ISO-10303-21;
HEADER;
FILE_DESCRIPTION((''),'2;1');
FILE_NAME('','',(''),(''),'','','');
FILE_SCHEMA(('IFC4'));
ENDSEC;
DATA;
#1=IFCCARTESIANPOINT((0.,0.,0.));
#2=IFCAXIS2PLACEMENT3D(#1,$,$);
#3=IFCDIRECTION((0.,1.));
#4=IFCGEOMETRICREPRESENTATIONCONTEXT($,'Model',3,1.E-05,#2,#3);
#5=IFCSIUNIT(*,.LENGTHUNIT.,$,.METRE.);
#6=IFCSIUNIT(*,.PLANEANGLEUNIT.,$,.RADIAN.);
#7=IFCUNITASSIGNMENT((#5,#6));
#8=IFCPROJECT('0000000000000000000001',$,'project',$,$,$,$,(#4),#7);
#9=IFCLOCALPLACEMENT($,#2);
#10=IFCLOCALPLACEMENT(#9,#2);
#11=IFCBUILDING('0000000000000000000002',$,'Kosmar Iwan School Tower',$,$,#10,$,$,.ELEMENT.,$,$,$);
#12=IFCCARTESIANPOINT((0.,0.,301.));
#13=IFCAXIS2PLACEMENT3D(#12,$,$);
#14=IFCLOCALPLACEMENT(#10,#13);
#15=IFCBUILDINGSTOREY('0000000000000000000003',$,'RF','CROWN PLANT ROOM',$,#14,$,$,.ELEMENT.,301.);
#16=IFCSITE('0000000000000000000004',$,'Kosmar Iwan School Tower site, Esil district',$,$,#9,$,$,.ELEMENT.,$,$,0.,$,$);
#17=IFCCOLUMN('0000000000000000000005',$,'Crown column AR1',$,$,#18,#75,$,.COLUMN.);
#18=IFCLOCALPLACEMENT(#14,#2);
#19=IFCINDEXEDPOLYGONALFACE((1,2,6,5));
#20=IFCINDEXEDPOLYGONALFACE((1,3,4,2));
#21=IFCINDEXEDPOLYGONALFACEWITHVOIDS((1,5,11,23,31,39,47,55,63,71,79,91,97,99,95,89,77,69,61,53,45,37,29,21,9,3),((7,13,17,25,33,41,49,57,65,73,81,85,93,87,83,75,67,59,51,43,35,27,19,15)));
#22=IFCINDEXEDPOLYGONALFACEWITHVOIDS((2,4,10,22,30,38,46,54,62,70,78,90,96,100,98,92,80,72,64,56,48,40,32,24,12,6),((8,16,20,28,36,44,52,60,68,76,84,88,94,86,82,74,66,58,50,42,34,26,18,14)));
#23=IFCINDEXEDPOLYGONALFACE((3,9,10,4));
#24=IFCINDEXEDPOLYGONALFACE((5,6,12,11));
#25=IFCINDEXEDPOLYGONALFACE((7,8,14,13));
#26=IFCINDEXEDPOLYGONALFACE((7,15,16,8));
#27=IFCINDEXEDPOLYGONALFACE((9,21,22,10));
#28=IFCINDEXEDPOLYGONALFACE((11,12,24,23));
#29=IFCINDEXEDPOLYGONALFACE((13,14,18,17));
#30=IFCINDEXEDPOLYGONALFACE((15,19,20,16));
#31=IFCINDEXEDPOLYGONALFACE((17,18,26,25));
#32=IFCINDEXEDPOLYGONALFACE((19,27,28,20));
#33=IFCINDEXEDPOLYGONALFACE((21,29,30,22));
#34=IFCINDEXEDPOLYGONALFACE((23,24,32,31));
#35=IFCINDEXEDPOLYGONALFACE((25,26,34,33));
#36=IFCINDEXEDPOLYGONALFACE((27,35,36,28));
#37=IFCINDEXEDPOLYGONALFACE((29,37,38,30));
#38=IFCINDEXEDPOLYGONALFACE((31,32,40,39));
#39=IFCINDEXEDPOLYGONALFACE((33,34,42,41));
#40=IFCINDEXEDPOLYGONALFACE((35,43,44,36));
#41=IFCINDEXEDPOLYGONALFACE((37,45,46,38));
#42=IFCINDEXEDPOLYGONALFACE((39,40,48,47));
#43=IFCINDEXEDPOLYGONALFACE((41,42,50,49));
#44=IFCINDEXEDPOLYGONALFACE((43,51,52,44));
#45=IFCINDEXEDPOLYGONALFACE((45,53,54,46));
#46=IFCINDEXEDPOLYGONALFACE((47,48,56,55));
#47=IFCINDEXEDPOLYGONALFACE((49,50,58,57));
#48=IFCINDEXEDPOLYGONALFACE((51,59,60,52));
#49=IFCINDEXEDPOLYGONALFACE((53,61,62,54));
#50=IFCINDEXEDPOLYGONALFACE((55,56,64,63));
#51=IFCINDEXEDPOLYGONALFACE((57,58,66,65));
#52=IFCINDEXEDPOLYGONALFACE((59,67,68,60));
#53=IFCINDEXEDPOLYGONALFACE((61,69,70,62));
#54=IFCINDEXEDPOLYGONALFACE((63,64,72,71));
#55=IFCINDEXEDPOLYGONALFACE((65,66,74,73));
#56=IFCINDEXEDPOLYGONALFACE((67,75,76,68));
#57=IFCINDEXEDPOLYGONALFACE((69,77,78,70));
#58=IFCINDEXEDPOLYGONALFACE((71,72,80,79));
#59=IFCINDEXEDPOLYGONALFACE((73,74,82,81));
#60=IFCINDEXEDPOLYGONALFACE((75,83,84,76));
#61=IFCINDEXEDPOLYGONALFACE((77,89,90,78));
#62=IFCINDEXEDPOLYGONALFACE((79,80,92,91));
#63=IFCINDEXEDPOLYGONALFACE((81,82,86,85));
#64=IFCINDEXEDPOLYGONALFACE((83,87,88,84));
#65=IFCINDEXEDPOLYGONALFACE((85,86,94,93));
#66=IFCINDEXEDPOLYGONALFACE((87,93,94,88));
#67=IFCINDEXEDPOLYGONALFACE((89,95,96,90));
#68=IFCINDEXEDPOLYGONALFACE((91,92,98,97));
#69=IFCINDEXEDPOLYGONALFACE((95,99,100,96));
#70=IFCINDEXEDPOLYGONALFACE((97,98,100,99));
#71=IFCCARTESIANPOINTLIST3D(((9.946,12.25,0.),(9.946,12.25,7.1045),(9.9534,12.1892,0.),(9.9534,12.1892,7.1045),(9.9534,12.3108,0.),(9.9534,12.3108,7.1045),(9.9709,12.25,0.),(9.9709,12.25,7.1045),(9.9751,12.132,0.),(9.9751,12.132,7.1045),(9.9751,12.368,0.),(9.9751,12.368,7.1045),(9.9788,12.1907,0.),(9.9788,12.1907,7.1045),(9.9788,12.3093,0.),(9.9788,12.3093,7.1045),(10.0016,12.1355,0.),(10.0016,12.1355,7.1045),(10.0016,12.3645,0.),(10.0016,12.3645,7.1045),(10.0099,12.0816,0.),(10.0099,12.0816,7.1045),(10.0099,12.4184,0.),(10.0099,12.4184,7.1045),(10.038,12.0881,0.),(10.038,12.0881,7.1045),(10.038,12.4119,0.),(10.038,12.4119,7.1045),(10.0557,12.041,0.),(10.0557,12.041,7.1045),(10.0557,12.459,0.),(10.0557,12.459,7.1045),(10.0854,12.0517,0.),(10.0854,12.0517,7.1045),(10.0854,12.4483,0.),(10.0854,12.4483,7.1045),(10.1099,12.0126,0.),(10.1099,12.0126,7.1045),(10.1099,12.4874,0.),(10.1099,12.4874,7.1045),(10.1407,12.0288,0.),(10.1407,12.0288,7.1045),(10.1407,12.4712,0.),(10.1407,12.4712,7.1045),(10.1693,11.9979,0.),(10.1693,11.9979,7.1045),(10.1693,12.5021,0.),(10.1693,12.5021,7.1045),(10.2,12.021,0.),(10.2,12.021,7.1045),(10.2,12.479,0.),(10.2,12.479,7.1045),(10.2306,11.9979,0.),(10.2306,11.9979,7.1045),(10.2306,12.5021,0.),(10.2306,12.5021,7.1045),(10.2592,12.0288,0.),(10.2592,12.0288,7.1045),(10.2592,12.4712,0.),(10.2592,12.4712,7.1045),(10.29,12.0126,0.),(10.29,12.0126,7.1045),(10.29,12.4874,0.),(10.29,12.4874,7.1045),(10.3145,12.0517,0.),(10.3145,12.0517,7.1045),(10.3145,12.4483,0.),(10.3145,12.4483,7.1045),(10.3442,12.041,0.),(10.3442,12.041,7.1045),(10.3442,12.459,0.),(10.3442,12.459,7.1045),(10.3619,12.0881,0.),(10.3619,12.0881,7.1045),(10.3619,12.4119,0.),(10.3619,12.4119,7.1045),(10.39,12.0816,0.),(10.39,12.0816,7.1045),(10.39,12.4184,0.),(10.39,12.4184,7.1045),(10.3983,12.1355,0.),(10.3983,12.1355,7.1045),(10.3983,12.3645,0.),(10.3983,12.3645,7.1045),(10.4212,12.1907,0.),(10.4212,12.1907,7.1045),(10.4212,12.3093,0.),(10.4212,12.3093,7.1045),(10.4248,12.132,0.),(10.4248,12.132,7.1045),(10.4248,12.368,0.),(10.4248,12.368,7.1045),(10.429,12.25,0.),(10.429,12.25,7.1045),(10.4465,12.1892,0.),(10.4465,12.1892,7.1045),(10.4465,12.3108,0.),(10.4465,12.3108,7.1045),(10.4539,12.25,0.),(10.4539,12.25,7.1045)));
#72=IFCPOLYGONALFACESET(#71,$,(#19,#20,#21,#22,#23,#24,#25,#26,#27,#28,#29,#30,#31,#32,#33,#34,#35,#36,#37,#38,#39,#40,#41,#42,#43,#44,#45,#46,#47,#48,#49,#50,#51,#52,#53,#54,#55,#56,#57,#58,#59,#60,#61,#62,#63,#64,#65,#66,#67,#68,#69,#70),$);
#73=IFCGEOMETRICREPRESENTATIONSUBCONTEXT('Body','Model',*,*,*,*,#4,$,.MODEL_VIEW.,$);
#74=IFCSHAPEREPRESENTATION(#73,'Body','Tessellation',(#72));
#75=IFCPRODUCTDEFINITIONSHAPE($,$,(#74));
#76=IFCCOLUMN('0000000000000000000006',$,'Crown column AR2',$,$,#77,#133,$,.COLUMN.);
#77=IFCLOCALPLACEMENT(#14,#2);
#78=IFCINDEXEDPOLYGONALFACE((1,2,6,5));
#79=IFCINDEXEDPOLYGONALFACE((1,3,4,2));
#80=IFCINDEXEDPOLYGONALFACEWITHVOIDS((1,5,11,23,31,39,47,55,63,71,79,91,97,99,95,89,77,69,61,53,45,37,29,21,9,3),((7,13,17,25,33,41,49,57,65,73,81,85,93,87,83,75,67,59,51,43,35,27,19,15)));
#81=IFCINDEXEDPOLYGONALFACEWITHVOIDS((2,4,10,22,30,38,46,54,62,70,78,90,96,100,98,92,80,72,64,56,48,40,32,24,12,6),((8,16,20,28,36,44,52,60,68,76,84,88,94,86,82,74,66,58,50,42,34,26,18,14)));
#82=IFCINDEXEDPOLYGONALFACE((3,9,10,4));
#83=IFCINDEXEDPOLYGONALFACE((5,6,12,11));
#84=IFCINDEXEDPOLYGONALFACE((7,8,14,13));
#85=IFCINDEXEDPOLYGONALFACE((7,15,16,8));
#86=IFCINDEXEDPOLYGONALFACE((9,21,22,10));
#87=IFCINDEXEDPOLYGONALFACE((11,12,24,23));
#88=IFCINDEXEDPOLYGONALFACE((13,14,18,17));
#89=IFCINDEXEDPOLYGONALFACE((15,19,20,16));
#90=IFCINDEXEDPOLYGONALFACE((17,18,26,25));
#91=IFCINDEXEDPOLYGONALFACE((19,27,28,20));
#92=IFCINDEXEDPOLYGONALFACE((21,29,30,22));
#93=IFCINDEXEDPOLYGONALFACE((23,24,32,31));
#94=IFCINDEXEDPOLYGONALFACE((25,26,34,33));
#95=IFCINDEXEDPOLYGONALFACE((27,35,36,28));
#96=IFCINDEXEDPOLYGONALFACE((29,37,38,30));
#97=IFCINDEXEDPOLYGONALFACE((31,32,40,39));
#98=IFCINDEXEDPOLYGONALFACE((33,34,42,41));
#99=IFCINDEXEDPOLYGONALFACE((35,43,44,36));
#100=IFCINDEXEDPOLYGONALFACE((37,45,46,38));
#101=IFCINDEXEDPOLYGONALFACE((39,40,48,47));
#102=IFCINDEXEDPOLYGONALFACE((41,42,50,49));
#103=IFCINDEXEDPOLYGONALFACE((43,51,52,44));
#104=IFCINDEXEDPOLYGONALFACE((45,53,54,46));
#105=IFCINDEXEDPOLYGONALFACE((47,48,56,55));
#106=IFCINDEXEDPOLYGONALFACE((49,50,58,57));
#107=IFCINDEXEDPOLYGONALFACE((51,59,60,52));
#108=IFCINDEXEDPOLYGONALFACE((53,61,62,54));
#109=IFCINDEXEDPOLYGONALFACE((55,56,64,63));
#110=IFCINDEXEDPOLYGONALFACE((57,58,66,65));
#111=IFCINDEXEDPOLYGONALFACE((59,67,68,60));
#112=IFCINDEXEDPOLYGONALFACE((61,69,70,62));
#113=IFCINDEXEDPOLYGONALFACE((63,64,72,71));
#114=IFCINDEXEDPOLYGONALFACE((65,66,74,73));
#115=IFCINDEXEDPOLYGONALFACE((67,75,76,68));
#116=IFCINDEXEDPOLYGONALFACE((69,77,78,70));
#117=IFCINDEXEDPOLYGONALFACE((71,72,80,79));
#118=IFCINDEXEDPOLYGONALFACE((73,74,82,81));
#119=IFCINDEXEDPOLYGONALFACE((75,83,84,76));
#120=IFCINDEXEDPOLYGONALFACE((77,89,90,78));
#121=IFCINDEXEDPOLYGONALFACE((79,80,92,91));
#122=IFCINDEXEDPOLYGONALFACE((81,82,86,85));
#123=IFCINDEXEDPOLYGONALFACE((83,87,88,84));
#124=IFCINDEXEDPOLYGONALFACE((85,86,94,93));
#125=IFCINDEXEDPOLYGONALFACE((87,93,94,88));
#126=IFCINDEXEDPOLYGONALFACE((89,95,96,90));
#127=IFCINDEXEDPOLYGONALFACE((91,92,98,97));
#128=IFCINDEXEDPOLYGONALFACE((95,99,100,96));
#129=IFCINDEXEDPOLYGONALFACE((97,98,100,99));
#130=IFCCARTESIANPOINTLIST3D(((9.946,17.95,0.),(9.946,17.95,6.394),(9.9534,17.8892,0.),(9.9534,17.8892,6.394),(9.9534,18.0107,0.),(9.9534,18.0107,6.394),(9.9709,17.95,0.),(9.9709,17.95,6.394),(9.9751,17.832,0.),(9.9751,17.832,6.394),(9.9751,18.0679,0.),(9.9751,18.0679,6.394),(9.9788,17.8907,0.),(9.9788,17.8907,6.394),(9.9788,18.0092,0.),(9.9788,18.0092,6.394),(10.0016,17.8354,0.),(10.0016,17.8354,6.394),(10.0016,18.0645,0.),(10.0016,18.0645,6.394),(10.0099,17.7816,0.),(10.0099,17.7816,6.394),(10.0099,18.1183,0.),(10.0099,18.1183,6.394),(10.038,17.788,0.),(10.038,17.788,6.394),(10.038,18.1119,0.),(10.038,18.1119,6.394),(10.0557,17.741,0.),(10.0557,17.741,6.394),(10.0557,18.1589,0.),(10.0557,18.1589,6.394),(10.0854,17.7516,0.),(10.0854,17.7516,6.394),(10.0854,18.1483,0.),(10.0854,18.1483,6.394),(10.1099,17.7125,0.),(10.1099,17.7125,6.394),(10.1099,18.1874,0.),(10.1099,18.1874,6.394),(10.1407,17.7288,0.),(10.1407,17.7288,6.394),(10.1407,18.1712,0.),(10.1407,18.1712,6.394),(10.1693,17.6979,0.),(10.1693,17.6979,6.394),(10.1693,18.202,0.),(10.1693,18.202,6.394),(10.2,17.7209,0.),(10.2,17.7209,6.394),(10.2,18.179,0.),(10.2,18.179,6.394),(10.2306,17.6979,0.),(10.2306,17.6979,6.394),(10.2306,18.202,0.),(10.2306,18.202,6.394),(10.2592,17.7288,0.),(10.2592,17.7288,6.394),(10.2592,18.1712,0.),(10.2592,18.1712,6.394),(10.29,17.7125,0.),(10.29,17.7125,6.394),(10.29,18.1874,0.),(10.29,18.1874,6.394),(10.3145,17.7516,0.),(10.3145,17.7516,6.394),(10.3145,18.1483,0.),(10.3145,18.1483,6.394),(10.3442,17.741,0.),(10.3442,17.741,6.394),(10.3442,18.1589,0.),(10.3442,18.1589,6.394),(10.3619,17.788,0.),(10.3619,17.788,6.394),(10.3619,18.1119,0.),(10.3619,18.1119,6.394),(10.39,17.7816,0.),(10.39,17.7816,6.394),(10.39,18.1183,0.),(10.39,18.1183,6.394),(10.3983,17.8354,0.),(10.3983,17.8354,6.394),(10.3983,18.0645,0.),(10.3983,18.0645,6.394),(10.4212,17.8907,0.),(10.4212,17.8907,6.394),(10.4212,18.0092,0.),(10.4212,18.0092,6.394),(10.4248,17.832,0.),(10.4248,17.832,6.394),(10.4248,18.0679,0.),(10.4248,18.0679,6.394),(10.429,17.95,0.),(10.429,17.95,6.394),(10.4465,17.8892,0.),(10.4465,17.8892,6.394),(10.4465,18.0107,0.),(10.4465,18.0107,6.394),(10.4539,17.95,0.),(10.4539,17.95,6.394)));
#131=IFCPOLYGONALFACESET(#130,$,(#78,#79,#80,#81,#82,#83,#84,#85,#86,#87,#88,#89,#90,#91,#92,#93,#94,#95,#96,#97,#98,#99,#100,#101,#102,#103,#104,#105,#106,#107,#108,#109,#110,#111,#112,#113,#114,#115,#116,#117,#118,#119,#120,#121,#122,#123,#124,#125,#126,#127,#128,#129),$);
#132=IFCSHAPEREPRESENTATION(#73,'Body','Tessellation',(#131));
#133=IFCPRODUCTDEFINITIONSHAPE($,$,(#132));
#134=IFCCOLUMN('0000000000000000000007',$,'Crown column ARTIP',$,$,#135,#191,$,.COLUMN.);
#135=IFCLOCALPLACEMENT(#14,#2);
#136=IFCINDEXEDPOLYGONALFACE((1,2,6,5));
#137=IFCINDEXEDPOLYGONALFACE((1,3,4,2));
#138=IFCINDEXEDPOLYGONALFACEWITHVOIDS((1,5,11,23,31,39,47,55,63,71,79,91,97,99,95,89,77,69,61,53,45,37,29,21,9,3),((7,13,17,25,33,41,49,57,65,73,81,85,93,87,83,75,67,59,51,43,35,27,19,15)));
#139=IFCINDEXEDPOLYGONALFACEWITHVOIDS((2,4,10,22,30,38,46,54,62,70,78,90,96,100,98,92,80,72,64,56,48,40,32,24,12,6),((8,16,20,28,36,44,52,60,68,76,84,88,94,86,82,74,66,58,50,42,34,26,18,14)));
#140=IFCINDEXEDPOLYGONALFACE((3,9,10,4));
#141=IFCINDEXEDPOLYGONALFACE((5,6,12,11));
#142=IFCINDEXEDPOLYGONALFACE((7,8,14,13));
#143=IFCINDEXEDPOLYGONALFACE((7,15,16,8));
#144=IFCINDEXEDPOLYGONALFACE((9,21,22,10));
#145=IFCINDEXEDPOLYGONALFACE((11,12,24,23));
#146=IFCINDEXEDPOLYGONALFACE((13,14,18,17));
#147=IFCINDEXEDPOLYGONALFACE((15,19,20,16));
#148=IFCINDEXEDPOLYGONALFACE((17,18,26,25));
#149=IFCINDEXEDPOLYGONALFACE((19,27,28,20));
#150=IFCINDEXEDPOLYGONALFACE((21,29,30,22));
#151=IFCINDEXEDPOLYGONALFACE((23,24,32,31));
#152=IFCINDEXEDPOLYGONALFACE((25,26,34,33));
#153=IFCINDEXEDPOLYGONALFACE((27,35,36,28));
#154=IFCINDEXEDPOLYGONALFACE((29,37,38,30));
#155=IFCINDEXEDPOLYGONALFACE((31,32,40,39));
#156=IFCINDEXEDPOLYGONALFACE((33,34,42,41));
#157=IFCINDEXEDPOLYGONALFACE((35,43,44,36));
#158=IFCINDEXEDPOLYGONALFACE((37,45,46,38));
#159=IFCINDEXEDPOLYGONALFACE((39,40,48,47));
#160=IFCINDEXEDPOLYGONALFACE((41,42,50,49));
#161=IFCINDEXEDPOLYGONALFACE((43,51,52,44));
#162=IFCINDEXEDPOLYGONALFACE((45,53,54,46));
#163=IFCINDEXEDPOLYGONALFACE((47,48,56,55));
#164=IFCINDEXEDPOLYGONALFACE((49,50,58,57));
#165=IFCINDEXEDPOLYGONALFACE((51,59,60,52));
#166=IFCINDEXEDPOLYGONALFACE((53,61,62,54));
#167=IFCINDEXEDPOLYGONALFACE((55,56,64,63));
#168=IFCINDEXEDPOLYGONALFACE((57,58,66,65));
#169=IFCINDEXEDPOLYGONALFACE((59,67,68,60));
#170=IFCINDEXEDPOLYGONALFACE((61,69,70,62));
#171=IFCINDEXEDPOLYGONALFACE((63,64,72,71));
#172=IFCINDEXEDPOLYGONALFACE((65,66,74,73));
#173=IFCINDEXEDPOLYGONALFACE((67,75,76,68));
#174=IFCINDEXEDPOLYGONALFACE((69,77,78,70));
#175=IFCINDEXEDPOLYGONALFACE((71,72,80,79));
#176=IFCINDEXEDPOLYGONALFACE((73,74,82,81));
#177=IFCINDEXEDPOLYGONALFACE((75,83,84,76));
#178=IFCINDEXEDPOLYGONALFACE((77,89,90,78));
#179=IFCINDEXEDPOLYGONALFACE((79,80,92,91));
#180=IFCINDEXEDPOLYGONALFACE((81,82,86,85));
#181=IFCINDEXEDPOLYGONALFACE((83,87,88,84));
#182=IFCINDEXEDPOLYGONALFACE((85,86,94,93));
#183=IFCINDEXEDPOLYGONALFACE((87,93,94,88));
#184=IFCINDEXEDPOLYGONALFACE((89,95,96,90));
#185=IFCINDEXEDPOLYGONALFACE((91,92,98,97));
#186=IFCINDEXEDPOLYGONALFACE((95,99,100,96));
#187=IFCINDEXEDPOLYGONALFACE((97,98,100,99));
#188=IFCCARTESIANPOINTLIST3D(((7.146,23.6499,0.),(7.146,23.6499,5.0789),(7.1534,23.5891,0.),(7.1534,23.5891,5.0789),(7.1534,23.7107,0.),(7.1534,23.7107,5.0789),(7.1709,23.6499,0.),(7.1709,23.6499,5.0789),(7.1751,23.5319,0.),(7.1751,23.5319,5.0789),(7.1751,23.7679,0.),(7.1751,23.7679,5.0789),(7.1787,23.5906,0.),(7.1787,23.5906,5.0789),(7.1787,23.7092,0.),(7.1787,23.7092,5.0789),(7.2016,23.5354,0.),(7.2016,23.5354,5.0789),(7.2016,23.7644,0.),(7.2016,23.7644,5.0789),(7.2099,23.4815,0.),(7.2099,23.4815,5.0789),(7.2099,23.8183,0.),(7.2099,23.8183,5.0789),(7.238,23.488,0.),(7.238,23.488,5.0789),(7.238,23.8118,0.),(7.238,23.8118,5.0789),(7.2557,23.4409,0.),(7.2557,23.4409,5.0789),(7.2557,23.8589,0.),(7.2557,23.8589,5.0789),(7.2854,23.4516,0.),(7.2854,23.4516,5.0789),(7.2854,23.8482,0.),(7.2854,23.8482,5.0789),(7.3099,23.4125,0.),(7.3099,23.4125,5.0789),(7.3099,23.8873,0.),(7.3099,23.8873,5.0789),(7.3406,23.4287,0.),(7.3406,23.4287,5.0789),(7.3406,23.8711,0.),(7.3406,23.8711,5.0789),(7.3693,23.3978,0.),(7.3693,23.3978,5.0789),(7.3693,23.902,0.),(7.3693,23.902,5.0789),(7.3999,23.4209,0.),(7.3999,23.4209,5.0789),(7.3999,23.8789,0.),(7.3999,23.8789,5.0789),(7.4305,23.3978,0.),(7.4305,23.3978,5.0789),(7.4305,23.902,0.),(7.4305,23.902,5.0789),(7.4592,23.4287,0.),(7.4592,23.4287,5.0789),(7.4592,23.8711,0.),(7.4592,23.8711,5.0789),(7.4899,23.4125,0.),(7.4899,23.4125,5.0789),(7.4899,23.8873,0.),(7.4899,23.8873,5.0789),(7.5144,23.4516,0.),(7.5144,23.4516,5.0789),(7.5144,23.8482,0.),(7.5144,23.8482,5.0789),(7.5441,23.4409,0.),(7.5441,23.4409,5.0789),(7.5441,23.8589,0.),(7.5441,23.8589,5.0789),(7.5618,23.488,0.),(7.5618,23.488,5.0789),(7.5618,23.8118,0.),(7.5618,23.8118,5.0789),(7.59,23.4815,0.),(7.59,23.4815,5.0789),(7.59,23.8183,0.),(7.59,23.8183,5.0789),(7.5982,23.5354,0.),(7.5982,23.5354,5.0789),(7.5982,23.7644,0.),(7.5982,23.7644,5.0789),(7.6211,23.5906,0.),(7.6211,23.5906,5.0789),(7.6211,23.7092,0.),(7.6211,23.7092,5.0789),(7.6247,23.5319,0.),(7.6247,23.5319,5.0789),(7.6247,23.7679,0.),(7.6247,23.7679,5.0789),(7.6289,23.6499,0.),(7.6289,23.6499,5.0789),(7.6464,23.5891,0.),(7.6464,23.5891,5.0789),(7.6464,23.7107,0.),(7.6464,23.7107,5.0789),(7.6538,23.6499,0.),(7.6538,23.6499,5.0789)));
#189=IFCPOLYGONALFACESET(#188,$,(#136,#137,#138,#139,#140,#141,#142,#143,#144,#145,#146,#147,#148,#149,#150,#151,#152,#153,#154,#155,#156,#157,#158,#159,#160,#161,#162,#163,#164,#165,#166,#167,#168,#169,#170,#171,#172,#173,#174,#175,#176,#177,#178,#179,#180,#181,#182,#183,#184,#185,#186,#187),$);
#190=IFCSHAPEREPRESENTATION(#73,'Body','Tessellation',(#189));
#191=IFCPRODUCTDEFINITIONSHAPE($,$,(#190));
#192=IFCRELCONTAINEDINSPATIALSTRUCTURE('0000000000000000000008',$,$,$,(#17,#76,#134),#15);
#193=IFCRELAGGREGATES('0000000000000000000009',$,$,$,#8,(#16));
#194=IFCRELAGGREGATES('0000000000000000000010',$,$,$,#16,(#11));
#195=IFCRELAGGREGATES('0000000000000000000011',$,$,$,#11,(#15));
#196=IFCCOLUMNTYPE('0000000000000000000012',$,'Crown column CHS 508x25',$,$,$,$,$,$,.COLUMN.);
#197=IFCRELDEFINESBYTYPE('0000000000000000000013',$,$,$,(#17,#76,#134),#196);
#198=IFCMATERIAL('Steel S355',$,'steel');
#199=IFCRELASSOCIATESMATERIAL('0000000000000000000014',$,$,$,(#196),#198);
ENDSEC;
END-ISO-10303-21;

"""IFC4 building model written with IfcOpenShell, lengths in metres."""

from ifc_helpers import new_model, si_unit, direction, frame, origin, origin_2d, place, context, subcontext, project, spatial, hollow_circle, extrude, material, material_profile, profile_set, type_object, element, save


model = new_model("IFC4")

# Units and contexts
model_context = context("Model", 3, precision=1e-05, world=origin(), true_north=direction((0.0, 1.0)))
body_context = subcontext(model_context, "Body", "Model", "MODEL_VIEW")
ifc_project = project(units=[si_unit("LENGTHUNIT", "METRE"), si_unit("PLANEANGLEUNIT", "RADIAN")], contexts=[model_context])

# Site, building, storey
site_placement = place(None, origin())
site = spatial("IfcSite", under=ifc_project, at=site_placement, Name="Kosmar Iwan School Tower site, Esil district", CompositionType="ELEMENT", RefElevation=0.0)
building_placement = place(site_placement, origin())
building = spatial("IfcBuilding", under=site, at=building_placement, Name="Kosmar Iwan School Tower", CompositionType="ELEMENT")
storey_placement = place(building_placement, frame((0.0, 0.0, 301.0)))
storey = spatial("IfcBuildingStorey", under=building, at=storey_placement, Name="RF", Description="CROWN PLANT ROOM", CompositionType="ELEMENT", Elevation=301.0)

# Columns
ifc_material_1 = material(Name="Steel S355", Category="steel")
ifc_material_profile_1 = material_profile(ifc_material_1, hollow_circle(Radius=0.2539, WallThickness=0.0249, at=origin_2d()), Name="CHS 508x25")
ifc_profile_set_1 = profile_set([ifc_material_profile_1], Name="Steel S355")
column_type = type_object("IfcColumnType", Name="Crown column CHS 508x25", PredefinedType="COLUMN", material=ifc_profile_set_1)
column_1_placement = place(storey_placement, frame((10.2, 12.25, 0.0), z_axis=(0.0, 0.0, 1.0), x_axis=(1.0, 0.0, 0.0)))
element("IfcColumn", 1, at=column_1_placement, inside=storey, type_object=column_type, Name="Crown column AR1", PredefinedType="COLUMN", context=body_context, shape_type="SweptSolid", body=[
    extrude(hollow_circle(Radius=0.2539, WallThickness=0.0249, at=origin_2d()), origin(), (0.0, 0.0, 1.0), 7.1045),
])
column_2_placement = place(storey_placement, frame((10.2, 17.95, 0.0), z_axis=(0.0, 0.0, 1.0), x_axis=(1.0, 0.0, 0.0)))
element("IfcColumn", 2, at=column_2_placement, inside=storey, type_object=column_type, Name="Crown column AR2", PredefinedType="COLUMN", context=body_context, shape_type="SweptSolid", body=[
    extrude(hollow_circle(Radius=0.2539, WallThickness=0.0249, at=origin_2d()), origin(), (0.0, 0.0, 1.0), 6.394),
])
column_3_placement = place(storey_placement, frame((7.3999, 23.6499, 0.0), z_axis=(0.0, 0.0, 1.0), x_axis=(1.0, 0.0, 0.0)))
element("IfcColumn", 3, at=column_3_placement, inside=storey, type_object=column_type, Name="Crown column ARTIP", PredefinedType="COLUMN", context=body_context, shape_type="SweptSolid", body=[
    extrude(hollow_circle(Radius=0.2539, WallThickness=0.0249, at=origin_2d()), origin(), (0.0, 0.0, 1.0), 5.0789),
])

save(model, "model.ifc")
